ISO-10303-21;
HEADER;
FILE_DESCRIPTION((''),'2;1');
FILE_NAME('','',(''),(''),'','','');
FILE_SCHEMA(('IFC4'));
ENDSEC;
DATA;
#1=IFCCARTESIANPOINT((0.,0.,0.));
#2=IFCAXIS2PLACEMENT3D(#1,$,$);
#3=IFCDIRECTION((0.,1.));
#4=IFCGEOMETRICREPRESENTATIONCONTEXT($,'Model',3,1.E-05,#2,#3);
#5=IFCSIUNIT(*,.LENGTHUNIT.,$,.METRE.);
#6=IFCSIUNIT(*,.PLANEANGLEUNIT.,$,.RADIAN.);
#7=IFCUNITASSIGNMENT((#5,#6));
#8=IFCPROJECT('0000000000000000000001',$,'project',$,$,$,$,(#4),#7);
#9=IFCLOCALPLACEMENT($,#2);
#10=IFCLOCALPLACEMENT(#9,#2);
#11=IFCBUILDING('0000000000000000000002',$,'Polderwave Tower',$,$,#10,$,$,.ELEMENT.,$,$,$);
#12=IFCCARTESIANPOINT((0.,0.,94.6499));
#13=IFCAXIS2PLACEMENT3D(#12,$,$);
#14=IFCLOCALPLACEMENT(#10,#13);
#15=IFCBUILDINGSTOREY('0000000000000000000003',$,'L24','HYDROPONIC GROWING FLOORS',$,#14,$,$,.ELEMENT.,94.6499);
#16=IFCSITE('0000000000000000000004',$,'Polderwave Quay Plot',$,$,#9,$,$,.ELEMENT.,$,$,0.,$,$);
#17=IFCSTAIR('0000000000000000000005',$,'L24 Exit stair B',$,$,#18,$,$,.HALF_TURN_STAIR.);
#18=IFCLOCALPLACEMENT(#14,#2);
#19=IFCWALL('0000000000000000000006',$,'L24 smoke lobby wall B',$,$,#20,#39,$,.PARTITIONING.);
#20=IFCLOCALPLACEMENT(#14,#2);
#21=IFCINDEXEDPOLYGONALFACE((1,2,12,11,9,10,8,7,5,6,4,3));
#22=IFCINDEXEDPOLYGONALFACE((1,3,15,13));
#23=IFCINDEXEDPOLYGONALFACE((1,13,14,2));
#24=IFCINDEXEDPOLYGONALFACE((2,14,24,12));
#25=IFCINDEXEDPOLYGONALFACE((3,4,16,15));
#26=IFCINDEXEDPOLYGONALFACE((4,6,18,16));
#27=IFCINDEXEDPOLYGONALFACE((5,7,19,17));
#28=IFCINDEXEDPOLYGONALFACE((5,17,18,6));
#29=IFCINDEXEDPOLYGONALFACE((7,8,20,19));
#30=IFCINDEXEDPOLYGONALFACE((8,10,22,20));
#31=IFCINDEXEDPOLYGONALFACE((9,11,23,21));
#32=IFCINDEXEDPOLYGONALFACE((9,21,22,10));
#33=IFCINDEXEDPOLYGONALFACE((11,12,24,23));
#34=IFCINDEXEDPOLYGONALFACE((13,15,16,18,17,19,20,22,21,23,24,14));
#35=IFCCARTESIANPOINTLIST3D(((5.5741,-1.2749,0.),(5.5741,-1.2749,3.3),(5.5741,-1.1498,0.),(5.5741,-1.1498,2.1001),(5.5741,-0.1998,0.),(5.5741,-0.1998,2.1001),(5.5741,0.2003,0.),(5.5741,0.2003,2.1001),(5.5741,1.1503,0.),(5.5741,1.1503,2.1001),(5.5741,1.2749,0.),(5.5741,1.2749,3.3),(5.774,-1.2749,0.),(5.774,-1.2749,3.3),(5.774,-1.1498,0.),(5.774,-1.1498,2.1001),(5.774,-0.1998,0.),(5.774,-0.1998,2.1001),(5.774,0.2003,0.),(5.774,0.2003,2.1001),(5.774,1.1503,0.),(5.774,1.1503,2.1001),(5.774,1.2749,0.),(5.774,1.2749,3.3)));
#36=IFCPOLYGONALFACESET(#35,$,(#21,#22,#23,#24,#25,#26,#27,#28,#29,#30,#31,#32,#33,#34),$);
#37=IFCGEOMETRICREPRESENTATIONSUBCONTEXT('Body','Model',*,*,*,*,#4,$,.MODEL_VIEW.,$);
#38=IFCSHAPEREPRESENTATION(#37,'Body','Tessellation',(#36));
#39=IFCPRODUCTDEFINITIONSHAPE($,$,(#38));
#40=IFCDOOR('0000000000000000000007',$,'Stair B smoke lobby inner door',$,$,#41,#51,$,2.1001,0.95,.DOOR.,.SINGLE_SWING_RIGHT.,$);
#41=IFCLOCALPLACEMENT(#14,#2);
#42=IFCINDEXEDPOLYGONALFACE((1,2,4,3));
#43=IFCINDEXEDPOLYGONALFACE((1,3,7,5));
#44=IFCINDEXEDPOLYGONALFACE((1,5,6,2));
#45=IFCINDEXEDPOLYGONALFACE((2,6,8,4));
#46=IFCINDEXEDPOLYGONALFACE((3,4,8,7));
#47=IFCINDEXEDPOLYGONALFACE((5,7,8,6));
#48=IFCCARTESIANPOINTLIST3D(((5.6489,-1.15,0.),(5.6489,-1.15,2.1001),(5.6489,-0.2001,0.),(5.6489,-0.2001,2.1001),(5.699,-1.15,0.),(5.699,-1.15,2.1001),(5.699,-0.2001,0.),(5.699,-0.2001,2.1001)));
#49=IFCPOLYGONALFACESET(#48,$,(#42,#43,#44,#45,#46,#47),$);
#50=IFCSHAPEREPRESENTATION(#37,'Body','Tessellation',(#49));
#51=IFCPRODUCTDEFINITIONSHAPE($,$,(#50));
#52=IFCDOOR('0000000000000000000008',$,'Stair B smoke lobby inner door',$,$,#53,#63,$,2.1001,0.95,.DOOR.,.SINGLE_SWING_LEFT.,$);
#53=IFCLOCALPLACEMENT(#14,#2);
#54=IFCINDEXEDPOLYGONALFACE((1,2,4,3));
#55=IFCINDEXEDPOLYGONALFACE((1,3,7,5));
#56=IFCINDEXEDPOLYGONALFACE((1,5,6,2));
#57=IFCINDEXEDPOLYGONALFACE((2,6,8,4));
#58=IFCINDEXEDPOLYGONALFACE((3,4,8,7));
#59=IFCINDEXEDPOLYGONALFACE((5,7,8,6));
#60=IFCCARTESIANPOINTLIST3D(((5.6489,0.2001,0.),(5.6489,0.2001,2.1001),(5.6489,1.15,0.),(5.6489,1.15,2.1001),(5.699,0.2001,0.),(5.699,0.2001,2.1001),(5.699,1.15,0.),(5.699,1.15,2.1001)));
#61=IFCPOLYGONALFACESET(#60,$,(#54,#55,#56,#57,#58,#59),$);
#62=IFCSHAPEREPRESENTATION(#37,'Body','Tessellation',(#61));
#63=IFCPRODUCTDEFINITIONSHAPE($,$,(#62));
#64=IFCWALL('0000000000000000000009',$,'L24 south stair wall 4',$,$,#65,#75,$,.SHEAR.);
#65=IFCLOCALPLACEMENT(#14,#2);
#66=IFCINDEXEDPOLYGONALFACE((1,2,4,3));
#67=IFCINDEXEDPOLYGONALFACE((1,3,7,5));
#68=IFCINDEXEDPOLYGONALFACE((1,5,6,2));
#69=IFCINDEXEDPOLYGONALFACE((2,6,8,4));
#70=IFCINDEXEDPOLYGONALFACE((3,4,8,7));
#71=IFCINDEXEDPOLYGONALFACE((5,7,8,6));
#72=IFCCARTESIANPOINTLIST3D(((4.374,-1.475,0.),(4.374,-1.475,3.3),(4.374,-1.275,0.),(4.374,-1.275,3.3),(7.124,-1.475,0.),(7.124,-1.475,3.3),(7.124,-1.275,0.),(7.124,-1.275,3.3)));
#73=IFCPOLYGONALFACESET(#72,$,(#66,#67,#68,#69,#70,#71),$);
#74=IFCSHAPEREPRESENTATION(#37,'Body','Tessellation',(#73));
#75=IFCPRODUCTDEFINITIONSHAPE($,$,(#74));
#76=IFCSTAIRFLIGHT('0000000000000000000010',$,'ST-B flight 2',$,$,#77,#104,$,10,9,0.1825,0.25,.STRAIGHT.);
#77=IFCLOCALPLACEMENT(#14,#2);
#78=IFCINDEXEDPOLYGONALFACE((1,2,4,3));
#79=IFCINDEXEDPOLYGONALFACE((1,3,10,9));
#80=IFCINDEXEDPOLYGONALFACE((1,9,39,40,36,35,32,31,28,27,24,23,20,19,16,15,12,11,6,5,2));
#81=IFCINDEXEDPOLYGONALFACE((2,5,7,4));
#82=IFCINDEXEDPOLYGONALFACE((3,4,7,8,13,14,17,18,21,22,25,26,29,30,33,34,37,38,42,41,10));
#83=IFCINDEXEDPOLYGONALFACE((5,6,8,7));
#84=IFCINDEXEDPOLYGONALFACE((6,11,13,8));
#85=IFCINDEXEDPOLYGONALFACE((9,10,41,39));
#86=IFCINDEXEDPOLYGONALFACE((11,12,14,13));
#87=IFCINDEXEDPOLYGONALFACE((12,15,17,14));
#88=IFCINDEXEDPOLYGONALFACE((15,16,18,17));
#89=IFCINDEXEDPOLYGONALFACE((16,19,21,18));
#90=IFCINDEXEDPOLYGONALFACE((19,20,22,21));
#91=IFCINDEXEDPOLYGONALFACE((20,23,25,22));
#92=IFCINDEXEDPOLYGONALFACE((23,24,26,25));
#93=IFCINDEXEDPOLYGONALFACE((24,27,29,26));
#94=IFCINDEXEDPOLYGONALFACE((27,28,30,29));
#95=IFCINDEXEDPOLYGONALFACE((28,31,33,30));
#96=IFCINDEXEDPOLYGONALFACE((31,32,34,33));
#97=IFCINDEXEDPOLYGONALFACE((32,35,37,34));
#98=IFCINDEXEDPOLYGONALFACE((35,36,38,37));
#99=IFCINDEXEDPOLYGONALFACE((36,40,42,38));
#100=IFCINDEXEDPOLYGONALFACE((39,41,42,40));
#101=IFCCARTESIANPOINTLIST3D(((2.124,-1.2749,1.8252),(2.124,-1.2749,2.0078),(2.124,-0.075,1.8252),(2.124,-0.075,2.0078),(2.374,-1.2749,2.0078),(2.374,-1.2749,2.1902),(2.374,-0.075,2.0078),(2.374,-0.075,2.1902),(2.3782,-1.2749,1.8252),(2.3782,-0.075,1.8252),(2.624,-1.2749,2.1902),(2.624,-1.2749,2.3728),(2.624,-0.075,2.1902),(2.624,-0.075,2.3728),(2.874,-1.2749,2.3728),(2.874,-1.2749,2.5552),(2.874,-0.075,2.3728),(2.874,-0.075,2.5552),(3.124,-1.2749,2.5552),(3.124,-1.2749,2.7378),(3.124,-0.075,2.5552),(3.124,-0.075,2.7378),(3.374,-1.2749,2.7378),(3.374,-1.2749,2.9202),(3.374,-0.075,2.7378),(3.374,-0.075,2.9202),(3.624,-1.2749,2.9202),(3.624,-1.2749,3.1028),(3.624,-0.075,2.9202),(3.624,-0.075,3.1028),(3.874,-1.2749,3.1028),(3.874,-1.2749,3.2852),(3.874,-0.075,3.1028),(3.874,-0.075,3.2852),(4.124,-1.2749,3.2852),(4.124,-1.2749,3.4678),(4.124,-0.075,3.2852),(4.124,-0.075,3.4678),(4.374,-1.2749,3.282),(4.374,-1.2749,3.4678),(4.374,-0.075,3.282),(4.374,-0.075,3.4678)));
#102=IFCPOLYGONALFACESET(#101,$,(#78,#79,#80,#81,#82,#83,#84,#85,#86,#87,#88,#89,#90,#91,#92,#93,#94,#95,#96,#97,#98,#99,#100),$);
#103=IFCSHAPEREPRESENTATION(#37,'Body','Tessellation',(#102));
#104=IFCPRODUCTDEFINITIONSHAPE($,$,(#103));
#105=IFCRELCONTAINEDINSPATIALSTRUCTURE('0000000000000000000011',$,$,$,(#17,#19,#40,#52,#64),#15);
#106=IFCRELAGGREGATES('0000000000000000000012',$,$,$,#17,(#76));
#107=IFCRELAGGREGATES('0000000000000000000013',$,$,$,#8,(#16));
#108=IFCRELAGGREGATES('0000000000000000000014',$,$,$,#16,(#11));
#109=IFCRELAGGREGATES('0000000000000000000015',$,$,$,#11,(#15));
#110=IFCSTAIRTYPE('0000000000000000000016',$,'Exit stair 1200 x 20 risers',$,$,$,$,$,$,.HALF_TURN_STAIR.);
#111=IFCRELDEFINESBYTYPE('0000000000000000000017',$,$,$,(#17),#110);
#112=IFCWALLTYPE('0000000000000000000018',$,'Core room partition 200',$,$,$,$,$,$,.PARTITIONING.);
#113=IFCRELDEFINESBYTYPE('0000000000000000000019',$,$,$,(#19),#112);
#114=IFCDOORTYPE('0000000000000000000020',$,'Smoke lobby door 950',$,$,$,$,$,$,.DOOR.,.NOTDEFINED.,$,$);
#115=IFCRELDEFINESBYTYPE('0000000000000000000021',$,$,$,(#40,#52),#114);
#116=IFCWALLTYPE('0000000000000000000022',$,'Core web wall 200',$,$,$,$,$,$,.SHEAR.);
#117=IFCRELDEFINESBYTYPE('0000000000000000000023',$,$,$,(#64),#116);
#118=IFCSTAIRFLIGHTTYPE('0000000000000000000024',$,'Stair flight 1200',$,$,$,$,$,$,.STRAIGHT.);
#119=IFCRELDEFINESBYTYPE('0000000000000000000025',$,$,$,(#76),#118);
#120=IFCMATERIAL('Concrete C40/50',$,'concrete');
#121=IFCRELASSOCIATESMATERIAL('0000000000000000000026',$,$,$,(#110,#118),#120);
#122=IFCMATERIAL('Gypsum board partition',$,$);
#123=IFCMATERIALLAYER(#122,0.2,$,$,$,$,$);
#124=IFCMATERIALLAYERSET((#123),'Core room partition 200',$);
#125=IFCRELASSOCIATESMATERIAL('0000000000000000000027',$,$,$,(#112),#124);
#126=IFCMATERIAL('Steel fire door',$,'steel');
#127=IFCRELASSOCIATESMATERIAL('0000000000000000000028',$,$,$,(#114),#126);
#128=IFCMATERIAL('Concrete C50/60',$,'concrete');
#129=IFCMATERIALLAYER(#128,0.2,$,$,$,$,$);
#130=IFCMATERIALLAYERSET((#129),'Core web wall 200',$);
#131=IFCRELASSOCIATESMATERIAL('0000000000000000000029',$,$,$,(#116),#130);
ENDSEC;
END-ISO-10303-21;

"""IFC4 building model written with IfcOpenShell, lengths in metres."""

from ifc_helpers import new_model, si_unit, direction, frame, frame_2d, origin, place, context, subcontext, project, spatial, polyline, rectangle, outline, extrude, material, layer, layer_set, type_object, element, fill, aggregate, save


model = new_model("IFC4")

# Units and contexts
model_context = context("Model", 3, precision=1e-05, world=origin(), true_north=direction((0.0, 1.0)))
body_context = subcontext(model_context, "Body", "Model", "MODEL_VIEW")
ifc_project = project(units=[si_unit("LENGTHUNIT", "METRE"), si_unit("PLANEANGLEUNIT", "RADIAN")], contexts=[model_context])

# Site, building, storey
site_placement = place(None, origin())
site = spatial("IfcSite", under=ifc_project, at=site_placement, Name="Polderwave Quay Plot", CompositionType="ELEMENT", RefElevation=0.0)
building_placement = place(site_placement, origin())
building = spatial("IfcBuilding", under=site, at=building_placement, Name="Polderwave Tower", CompositionType="ELEMENT")
storey_placement = place(building_placement, frame((0.0, 0.0, 94.6499)))
storey = spatial("IfcBuildingStorey", under=building, at=storey_placement, Name="L24", Description="HYDROPONIC GROWING FLOORS", CompositionType="ELEMENT", Elevation=94.6499)

# Shared definitions
ifc_material_1 = material(Name="Concrete C40/50", Category="concrete")

# Stair
stair_type = type_object("IfcStairType", Name="Exit stair 1200 x 20 risers", PredefinedType="HALF_TURN_STAIR", material=ifc_material_1)
stair_1_placement = place(storey_placement, origin())
stair_1 = element("IfcStair", 1, at=stair_1_placement, inside=storey, type_object=stair_type, Name="L24 Exit stair B", PredefinedType="HALF_TURN_STAIR")

# Wall, openings, doors
ifc_material_2 = material(Name="Steel fire door", Category="steel")
ifc_material_3 = material(Name="Gypsum board partition")
ifc_layer_1 = layer(ifc_material_3, 0.2)
ifc_layer_set_1 = layer_set([ifc_layer_1], Name="Core room partition 200")
wall_type_1 = type_object("IfcWallType", Name="Core room partition 200", PredefinedType="PARTITIONING", material=ifc_layer_set_1)
wall_1_placement = place(storey_placement, frame((5.6741, -1.2749, 0.0), z_axis=(0.0, 0.0, 1.0), x_axis=(0.0, 1.0, 0.0)))
wall_1 = element("IfcWall", 2, at=wall_1_placement, inside=storey, type_object=wall_type_1, Name="L24 smoke lobby wall B", PredefinedType="PARTITIONING", context=body_context, shape_type="SweptSolid", body=[
    extrude(rectangle(XDim=2.5498, YDim=0.2, at=frame_2d((1.2749, 0.0))), origin(), (0.0, 0.0, 1.0), 3.3),
])
opening_1_placement = place(wall_1_placement, frame((0.125, 0.0, 0.0)))
opening_1 = element("IfcOpeningElement", 3, at=opening_1_placement, cuts=wall_1, PredefinedType="OPENING", context=body_context, shape_type="SweptSolid", body=[
    extrude(rectangle(XDim=0.95, YDim=2.1001, at=frame_2d((0.4751, 1.05))), frame((0.0, 0.1099, 0.0), z_axis=(0.0, -1.0, 0.0), x_axis=(1.0, 0.0, 0.0)), (0.0, 0.0, 1.0), 0.22),
])
opening_2_placement = place(wall_1_placement, frame((1.4751, 0.0, 0.0)))
opening_2 = element("IfcOpeningElement", 4, at=opening_2_placement, cuts=wall_1, PredefinedType="OPENING", context=body_context, shape_type="SweptSolid", body=[
    extrude(rectangle(XDim=0.95, YDim=2.1001, at=frame_2d((0.4751, 1.05))), frame((0.0, 0.1099, 0.0), z_axis=(0.0, -1.0, 0.0), x_axis=(1.0, 0.0, 0.0)), (0.0, 0.0, 1.0), 0.22),
])
door_type_1 = type_object("IfcDoorType", Name="Smoke lobby door 950", OperationType="NOTDEFINED", PredefinedType="DOOR", material=ifc_material_2)
door_1_placement = place(opening_1_placement, frame((0.95, 0.0, 0.0), z_axis=(0.0, 0.0, 1.0), x_axis=(-1.0, 0.0, 0.0)))
door_1 = element("IfcDoor", 5, at=door_1_placement, inside=storey, type_object=door_type_1, Name="Stair B smoke lobby inner door", OperationType="SINGLE_SWING_RIGHT", OverallHeight=2.1001, OverallWidth=0.95, PredefinedType="DOOR", context=body_context, shape_type="SweptSolid", body=[
    extrude(rectangle(XDim=0.95, YDim=2.1001, at=frame_2d((0.4751, 1.05))), frame((0.0, 0.0249, 0.0), z_axis=(0.0, -1.0, 0.0), x_axis=(1.0, 0.0, 0.0)), (0.0, 0.0, 1.0), 0.05),
])
fill(opening_1, door_1)
door_2_placement = place(opening_2_placement, frame((0.95, 0.0, 0.0), z_axis=(0.0, 0.0, 1.0), x_axis=(-1.0, 0.0, 0.0)))
door_2 = element("IfcDoor", 6, at=door_2_placement, inside=storey, type_object=door_type_1, Name="Stair B smoke lobby inner door", OperationType="SINGLE_SWING_LEFT", OverallHeight=2.1001, OverallWidth=0.95, PredefinedType="DOOR", context=body_context, shape_type="SweptSolid", body=[
    extrude(rectangle(XDim=0.95, YDim=2.1001, at=frame_2d((0.4751, 1.05))), frame((0.0, 0.0249, 0.0), z_axis=(0.0, -1.0, 0.0), x_axis=(1.0, 0.0, 0.0)), (0.0, 0.0, 1.0), 0.05),
])
fill(opening_2, door_2)

# Wall
ifc_material_4 = material(Name="Concrete C50/60", Category="concrete")
ifc_layer_2 = layer(ifc_material_4, 0.2)
ifc_layer_set_2 = layer_set([ifc_layer_2], Name="Core web wall 200")
wall_type_2 = type_object("IfcWallType", Name="Core web wall 200", PredefinedType="SHEAR", material=ifc_layer_set_2)
wall_2_placement = place(storey_placement, frame((4.374, -1.375, 0.0), z_axis=(0.0, 0.0, 1.0), x_axis=(1.0, 0.0, 0.0)))
element("IfcWall", 7, at=wall_2_placement, inside=storey, type_object=wall_type_2, Name="L24 south stair wall 4", PredefinedType="SHEAR", context=body_context, shape_type="SweptSolid", body=[
    extrude(rectangle(XDim=2.75, YDim=0.2, at=frame_2d((1.375, 0.0))), origin(), (0.0, 0.0, 1.0), 3.3),
])

# Stair flight
stair_flight_type = type_object("IfcStairFlightType", Name="Stair flight 1200", PredefinedType="STRAIGHT", material=ifc_material_1)
stair_flight_placement = place(storey_placement, frame((2.124, -0.675, 1.8252), z_axis=(0.0, 0.0, 1.0), x_axis=(1.0, 0.0, 0.0)))
stair_flight = element("IfcStairFlight", 8, at=stair_flight_placement, type_object=stair_flight_type, Name="ST-B flight 2", NumberOfRisers=10, NumberOfTreads=9, PredefinedType="STRAIGHT", RiserHeight=0.1825, TreadLength=0.25, context=body_context, shape_type="SweptSolid", body=[
    extrude(outline(polyline([(0.0, 0.0), (0.0, 0.1826), (0.25, 0.1826), (0.25, 0.365), (0.5, 0.365), (0.5, 0.5476), (0.75, 0.5476), (0.75, 0.73), (1.0, 0.73), (1.0, 0.9126), (1.25, 0.9126), (1.25, 1.095), (1.5, 1.095), (1.5, 1.2776), (1.75, 1.2776), (1.75, 1.46), (2.0, 1.46), (2.0, 1.6426), (2.25, 1.6426), (2.25, 1.825), (2.25, 1.4568), (0.2542, 0.0), (0.0, 0.0)])), frame((0.0, 0.6001, 0.0), z_axis=(0.0, -1.0, 0.0), x_axis=(1.0, 0.0, 0.0)), (0.0, 0.0, 1.0), 1.2),
])
aggregate(stair_1, [stair_flight])

save(model, "model.ifc")
